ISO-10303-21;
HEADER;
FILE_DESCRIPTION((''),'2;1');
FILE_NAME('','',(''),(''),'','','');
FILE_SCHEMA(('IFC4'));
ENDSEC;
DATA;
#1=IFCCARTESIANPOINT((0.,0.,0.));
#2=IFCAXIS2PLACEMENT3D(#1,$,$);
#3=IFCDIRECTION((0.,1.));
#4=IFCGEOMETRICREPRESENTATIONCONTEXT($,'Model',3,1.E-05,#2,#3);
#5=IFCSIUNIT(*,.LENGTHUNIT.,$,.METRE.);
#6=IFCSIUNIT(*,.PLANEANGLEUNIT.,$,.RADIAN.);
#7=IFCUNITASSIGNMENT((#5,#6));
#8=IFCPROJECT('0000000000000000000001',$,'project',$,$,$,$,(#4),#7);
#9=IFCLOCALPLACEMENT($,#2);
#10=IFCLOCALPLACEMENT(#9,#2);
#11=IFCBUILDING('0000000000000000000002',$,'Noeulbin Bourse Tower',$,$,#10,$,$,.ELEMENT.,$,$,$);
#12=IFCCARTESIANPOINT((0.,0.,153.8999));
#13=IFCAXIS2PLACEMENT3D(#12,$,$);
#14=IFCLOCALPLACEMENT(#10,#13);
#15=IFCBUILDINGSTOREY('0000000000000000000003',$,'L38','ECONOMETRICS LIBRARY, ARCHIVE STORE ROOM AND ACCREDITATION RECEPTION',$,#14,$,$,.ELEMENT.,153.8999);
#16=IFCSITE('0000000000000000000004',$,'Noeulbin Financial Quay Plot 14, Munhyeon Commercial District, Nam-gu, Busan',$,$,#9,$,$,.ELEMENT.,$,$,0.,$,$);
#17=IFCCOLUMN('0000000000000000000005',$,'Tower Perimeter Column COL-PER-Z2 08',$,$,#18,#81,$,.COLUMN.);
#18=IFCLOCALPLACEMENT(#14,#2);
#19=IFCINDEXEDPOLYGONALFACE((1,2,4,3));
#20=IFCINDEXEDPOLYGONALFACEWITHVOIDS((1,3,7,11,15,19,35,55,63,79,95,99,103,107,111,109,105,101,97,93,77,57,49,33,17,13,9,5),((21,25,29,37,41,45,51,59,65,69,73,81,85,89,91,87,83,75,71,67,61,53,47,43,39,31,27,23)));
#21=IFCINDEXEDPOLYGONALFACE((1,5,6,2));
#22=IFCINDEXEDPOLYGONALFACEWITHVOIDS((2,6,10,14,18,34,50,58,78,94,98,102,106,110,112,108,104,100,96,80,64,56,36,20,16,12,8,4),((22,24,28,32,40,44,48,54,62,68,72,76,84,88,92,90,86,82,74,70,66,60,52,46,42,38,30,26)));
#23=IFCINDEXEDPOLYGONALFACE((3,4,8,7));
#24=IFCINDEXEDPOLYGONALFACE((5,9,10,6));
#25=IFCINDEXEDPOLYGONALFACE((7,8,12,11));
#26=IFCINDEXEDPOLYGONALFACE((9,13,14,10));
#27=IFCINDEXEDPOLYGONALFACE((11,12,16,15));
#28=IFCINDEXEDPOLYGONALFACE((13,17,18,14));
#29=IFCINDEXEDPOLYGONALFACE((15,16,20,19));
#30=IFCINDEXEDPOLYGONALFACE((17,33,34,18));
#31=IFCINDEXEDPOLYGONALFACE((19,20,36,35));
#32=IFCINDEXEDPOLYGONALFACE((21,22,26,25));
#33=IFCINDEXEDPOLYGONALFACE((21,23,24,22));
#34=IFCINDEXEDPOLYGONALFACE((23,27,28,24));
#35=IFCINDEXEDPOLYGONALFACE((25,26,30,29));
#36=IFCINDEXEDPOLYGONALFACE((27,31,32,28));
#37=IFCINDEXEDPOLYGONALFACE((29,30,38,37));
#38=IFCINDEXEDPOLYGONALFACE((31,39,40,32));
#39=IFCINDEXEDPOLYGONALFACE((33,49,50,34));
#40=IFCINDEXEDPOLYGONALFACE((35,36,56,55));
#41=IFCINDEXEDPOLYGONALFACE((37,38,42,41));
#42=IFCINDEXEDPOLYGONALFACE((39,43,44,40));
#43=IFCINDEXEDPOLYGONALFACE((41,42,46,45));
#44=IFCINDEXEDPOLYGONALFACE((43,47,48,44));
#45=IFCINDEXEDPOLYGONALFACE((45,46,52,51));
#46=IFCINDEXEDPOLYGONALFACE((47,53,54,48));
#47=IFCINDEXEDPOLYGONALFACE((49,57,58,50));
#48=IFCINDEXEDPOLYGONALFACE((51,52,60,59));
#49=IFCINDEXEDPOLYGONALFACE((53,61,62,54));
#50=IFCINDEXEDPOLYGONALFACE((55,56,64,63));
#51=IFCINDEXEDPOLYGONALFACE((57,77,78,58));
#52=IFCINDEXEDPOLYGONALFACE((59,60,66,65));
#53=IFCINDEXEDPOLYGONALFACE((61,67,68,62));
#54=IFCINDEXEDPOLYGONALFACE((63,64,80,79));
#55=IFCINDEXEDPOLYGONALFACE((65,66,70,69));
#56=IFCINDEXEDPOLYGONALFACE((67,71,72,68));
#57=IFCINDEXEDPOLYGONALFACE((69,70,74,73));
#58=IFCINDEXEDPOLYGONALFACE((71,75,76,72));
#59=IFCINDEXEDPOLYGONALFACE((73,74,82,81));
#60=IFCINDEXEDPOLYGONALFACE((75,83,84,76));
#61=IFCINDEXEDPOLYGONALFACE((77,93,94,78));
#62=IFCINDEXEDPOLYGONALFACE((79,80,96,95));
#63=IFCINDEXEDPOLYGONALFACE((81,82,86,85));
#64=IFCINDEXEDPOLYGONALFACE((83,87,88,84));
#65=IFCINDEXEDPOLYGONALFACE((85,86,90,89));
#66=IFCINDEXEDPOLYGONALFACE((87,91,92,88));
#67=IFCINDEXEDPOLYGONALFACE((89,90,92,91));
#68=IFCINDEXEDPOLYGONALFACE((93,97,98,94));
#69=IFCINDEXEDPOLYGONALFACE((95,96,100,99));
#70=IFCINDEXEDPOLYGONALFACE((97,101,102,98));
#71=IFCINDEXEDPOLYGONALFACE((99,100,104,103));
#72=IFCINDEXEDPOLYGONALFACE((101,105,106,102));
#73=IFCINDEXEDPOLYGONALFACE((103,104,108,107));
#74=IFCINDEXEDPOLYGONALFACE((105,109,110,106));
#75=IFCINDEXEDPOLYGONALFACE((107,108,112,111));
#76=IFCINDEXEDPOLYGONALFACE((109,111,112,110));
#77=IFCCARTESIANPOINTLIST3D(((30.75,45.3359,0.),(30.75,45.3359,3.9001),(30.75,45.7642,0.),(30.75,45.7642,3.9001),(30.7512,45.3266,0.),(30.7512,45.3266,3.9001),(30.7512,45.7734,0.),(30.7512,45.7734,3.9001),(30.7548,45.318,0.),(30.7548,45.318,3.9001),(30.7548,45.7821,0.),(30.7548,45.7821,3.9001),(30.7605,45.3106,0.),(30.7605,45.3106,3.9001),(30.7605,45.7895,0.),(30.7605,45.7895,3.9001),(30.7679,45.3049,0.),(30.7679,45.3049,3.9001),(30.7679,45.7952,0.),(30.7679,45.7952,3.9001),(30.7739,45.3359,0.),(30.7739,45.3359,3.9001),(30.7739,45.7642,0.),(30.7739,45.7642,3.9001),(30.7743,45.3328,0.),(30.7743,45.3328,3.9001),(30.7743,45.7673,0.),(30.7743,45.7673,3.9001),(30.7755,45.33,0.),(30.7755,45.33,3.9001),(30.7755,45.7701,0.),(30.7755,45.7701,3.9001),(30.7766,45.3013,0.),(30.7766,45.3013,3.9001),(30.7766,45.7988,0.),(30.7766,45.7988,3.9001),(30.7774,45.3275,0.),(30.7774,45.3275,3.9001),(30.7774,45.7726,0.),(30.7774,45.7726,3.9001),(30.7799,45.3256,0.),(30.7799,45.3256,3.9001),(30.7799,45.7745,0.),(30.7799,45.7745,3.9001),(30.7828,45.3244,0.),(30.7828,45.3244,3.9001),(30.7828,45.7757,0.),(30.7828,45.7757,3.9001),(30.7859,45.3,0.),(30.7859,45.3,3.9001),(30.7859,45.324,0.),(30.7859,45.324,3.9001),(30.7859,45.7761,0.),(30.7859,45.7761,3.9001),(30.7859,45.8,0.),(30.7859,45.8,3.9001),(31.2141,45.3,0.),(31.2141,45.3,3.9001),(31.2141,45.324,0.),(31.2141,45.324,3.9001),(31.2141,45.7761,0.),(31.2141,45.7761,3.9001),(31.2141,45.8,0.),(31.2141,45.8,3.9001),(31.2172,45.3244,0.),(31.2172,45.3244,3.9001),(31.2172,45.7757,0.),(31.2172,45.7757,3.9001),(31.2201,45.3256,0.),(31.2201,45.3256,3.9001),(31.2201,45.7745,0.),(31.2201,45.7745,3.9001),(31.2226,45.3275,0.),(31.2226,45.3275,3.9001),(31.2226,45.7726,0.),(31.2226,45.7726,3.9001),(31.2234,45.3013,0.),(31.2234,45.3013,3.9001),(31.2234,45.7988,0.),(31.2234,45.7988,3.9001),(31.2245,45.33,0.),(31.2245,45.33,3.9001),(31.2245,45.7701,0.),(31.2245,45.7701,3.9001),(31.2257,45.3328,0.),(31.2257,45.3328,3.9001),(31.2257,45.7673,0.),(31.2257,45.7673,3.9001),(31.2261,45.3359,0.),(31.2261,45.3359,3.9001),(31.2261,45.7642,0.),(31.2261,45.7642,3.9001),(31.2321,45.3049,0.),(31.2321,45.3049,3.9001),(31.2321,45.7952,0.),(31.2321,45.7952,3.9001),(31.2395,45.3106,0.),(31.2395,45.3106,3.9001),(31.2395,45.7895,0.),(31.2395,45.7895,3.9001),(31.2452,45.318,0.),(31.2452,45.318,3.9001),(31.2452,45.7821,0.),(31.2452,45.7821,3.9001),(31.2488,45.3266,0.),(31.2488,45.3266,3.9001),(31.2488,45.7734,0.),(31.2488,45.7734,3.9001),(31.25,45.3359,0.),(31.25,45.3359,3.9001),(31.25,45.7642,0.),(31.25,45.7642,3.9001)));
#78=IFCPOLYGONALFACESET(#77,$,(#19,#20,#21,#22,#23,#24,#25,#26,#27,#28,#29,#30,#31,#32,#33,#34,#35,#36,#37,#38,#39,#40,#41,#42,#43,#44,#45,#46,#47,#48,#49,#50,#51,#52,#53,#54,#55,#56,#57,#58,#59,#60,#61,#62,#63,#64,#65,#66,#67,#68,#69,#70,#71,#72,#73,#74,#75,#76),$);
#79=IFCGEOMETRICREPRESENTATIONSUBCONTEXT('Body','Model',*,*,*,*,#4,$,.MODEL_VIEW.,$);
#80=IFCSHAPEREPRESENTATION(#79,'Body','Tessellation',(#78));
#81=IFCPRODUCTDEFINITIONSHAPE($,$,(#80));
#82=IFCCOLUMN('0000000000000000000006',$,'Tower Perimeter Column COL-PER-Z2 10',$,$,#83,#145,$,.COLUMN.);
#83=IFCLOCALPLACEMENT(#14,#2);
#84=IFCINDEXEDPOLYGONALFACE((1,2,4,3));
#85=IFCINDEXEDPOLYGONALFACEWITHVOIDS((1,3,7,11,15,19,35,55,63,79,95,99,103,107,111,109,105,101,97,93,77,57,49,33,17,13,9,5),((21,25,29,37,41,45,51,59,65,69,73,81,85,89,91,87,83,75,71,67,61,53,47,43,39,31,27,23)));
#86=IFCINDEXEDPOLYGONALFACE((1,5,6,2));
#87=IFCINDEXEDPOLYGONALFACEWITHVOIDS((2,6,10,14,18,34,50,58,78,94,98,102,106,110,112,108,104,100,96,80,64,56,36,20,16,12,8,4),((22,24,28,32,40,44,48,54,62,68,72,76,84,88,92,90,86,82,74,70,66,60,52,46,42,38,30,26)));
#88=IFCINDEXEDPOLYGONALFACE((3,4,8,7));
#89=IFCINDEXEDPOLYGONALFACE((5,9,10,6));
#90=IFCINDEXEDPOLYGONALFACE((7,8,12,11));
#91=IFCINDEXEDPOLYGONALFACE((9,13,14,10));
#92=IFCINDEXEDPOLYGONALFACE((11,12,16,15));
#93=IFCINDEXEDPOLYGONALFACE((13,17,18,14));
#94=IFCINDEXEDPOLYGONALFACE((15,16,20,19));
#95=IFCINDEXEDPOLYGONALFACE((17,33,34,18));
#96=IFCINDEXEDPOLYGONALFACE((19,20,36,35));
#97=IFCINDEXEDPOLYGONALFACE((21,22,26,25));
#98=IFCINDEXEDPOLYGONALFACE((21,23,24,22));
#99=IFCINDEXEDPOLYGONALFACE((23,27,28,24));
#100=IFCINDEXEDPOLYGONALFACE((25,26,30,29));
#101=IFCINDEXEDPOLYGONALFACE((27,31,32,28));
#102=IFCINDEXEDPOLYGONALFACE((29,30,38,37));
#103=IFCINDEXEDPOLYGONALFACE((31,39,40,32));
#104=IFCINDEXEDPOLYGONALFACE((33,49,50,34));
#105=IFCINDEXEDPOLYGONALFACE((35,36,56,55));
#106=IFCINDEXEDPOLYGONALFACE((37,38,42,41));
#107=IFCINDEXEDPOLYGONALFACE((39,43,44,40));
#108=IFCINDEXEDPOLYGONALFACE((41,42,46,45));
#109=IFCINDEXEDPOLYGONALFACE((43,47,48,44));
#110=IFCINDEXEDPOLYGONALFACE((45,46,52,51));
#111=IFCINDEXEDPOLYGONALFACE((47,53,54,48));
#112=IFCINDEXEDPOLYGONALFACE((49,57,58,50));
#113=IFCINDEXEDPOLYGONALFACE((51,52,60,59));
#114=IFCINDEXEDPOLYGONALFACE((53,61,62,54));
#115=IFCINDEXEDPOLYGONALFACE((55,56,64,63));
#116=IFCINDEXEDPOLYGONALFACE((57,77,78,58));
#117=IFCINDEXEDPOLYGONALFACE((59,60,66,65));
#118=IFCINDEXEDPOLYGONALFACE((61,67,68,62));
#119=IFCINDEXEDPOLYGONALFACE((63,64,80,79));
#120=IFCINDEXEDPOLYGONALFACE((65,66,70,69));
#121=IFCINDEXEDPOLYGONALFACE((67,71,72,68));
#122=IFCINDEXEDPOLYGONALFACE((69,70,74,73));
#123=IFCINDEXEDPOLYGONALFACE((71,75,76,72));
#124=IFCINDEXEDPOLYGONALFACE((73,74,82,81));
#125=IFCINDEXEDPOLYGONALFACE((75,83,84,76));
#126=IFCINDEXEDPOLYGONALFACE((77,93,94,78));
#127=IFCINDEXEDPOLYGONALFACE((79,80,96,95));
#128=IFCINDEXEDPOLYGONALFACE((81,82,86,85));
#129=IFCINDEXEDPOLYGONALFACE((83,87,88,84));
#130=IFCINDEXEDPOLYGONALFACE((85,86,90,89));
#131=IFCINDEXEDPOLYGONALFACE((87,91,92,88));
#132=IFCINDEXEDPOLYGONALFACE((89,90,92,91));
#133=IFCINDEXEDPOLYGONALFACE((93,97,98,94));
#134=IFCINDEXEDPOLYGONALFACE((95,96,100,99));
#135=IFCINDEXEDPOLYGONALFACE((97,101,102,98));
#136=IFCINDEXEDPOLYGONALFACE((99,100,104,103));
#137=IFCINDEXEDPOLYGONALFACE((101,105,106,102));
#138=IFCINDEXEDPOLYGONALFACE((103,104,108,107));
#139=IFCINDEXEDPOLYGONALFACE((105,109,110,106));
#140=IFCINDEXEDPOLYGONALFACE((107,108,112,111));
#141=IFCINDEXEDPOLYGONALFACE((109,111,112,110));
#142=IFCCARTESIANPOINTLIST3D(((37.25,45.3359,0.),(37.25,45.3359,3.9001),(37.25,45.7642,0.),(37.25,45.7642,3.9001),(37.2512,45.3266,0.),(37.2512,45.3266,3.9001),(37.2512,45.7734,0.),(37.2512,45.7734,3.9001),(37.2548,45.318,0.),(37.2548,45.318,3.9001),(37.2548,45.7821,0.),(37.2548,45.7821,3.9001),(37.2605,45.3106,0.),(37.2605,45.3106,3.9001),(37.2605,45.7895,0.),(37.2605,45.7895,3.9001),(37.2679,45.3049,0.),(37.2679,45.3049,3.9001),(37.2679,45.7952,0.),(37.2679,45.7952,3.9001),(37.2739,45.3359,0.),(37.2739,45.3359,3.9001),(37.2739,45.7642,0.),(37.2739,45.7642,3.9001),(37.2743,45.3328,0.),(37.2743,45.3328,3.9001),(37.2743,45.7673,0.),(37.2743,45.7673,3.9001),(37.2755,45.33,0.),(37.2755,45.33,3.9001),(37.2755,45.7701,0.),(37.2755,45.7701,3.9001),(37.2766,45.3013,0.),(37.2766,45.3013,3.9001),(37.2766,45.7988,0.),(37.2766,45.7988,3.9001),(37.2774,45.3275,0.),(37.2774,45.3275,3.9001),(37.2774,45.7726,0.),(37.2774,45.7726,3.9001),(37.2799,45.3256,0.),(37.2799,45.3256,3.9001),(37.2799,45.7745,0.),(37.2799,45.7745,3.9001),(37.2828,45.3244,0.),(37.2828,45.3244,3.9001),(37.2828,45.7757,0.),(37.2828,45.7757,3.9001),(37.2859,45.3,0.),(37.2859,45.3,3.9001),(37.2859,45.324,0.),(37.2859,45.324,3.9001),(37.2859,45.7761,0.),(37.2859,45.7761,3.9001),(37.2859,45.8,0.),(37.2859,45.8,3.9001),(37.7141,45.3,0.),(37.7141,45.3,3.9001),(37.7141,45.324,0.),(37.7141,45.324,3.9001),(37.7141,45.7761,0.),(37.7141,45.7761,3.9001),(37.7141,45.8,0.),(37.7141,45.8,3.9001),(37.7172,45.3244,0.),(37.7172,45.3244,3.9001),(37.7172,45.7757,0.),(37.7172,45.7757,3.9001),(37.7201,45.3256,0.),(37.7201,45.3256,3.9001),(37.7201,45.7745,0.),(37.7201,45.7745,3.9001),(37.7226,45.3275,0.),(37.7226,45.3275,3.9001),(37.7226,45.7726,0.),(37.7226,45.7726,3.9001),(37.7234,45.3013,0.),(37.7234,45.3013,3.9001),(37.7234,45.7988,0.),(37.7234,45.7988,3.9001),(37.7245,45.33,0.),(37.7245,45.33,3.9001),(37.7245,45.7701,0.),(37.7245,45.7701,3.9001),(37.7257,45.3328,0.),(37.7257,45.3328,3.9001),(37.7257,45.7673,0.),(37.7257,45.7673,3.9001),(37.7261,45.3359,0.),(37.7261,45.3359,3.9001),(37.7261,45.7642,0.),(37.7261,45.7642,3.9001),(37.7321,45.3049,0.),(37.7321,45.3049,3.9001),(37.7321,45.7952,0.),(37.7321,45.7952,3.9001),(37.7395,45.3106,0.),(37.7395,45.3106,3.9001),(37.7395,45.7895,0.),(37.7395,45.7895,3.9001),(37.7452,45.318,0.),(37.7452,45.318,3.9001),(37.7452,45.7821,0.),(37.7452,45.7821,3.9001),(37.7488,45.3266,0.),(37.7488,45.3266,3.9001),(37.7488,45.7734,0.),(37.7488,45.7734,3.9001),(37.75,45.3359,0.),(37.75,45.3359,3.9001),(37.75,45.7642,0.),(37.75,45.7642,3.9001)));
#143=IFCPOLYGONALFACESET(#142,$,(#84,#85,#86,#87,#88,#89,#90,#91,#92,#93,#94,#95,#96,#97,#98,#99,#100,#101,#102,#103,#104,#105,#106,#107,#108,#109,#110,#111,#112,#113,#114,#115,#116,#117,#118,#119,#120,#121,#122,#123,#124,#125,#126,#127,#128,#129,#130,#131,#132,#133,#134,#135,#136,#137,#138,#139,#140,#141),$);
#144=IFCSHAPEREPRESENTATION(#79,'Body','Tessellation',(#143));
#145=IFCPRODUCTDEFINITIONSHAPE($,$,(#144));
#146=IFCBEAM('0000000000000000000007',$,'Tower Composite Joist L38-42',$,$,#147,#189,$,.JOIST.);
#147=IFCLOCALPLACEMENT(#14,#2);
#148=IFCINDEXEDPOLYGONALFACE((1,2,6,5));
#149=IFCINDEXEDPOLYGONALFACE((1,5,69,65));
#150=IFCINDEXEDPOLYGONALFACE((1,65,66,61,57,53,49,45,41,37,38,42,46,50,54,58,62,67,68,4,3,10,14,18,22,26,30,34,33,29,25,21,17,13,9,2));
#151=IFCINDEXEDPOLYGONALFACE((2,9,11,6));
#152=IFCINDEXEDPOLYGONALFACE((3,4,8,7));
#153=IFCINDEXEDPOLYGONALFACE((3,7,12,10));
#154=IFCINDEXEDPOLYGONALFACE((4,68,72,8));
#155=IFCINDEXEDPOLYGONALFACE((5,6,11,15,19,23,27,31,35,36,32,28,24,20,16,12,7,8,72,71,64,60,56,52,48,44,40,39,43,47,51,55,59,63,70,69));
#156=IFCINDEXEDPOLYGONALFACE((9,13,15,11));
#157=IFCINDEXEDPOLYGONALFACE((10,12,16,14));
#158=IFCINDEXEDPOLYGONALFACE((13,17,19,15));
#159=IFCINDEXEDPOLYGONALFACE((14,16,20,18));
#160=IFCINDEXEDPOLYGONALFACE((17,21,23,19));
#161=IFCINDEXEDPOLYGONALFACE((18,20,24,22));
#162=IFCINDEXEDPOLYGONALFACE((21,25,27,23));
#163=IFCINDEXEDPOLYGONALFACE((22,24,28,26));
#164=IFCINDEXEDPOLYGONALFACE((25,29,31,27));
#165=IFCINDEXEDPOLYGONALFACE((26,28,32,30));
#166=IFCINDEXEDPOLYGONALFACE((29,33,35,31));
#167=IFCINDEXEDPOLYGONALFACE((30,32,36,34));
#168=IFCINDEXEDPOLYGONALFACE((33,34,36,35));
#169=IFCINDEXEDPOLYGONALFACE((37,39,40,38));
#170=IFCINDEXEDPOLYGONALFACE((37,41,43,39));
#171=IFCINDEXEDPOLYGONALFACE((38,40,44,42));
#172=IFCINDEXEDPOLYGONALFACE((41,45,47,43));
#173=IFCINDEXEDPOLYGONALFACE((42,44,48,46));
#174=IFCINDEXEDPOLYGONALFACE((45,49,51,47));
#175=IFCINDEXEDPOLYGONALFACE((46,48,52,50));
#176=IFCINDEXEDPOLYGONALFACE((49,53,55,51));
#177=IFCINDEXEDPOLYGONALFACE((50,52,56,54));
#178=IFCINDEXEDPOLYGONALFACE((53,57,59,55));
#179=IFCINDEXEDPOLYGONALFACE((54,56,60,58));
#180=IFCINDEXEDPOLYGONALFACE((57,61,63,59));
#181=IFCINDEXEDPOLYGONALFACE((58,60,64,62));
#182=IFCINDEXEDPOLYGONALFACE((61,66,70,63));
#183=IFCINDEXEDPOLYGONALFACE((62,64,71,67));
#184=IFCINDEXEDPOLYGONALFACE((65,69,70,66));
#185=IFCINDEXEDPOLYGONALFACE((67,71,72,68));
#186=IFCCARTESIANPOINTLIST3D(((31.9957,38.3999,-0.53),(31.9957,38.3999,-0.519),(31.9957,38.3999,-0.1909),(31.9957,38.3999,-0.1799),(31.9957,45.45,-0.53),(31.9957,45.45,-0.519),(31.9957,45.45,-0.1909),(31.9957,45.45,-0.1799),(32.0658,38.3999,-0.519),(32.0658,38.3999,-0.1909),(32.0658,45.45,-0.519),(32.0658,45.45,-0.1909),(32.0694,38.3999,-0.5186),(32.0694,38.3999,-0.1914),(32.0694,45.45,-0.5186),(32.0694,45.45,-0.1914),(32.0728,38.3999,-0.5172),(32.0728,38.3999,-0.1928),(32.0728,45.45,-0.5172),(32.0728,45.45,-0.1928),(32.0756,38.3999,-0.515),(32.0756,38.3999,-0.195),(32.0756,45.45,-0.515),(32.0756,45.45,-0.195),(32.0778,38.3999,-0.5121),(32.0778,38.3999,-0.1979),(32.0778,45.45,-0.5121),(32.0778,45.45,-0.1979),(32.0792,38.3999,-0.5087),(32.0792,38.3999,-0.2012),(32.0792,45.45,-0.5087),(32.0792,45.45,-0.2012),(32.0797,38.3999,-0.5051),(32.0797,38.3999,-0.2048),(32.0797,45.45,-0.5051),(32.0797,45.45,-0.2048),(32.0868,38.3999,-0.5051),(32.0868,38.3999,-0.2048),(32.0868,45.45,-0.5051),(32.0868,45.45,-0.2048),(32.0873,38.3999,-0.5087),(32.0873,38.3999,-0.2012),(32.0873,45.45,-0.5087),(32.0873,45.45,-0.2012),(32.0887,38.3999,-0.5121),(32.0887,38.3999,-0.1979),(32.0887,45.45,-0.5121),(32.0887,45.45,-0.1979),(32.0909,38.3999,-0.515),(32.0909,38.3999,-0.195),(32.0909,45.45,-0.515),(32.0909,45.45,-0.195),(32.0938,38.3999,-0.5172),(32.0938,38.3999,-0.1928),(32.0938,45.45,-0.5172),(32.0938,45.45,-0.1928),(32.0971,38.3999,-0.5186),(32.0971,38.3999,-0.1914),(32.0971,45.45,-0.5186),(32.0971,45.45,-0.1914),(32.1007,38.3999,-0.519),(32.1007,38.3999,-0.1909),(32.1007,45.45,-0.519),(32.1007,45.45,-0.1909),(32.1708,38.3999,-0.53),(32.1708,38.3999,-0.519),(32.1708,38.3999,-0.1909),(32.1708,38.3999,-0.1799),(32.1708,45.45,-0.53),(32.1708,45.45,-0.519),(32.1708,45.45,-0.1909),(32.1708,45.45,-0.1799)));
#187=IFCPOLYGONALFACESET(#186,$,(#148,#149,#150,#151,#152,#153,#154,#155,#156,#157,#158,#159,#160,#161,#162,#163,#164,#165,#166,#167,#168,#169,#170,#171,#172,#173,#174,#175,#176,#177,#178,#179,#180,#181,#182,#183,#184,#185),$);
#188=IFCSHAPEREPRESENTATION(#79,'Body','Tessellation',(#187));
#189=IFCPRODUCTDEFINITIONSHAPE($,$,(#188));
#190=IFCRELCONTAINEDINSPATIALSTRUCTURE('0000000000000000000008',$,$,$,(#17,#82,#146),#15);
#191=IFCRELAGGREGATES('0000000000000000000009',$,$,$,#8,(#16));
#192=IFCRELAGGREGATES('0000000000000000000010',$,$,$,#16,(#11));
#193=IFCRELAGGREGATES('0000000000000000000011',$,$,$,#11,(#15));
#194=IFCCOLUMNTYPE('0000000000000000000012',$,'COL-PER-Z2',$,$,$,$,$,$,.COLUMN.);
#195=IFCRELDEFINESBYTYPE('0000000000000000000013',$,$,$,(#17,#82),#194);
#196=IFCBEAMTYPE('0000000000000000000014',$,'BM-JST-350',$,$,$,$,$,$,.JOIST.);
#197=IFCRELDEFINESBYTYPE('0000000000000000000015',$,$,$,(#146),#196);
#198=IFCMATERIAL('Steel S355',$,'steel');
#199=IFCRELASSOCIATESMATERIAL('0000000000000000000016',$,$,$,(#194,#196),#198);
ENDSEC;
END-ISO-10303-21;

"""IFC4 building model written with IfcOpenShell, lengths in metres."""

from ifc_helpers import new_model, si_unit, direction, frame, origin, origin_2d, place, context, subcontext, project, spatial, hollow_rectangle, i_section, extrude, material, material_profile, profile_set, type_object, element, save


model = new_model("IFC4")

# Units and contexts
model_context = context("Model", 3, precision=1e-05, world=origin(), true_north=direction((0.0, 1.0)))
body_context = subcontext(model_context, "Body", "Model", "MODEL_VIEW")
ifc_project = project(units=[si_unit("LENGTHUNIT", "METRE"), si_unit("PLANEANGLEUNIT", "RADIAN")], contexts=[model_context])

# Site, building, storey
site_placement = place(None, origin())
site = spatial("IfcSite", under=ifc_project, at=site_placement, Name="Noeulbin Financial Quay Plot 14, Munhyeon Commercial District, Nam-gu, Busan", CompositionType="ELEMENT", RefElevation=0.0)
building_placement = place(site_placement, origin())
building = spatial("IfcBuilding", under=site, at=building_placement, Name="Noeulbin Bourse Tower", CompositionType="ELEMENT")
storey_placement = place(building_placement, frame((0.0, 0.0, 153.8999)))
storey = spatial("IfcBuildingStorey", under=building, at=storey_placement, Name="L38", Description="ECONOMETRICS LIBRARY, ARCHIVE STORE ROOM AND ACCREDITATION RECEPTION", CompositionType="ELEMENT", Elevation=153.8999)

# Columns
ifc_material_1 = material(Name="Steel S355", Category="steel")
ifc_material_profile_1 = material_profile(ifc_material_1, hollow_rectangle(XDim=0.5, YDim=0.5, WallThickness=0.0239, InnerFilletRadius=0.012, OuterFilletRadius=0.0359, at=origin_2d()), Name="BOX-500x500x24", Category="LoadBearing")
ifc_profile_set_1 = profile_set([ifc_material_profile_1], Name="Steel S355")
column_type = type_object("IfcColumnType", Name="COL-PER-Z2", PredefinedType="COLUMN", material=ifc_profile_set_1)
for number, where, z_axis, x_axis, name in (
    (1, (31.0, 45.55, 0.0), (0.0, 0.0, 1.0), (1.0, 0.0, 0.0), "Tower Perimeter Column COL-PER-Z2 08"),
    (2, (37.5, 45.55, 0.0), (0.0, 0.0, 1.0), (1.0, 0.0, 0.0), "Tower Perimeter Column COL-PER-Z2 10"),
):
    element("IfcColumn", number, at=place(storey_placement, frame(where, z_axis=z_axis, x_axis=x_axis)), inside=storey, type_object=column_type, Name=name, PredefinedType="COLUMN", context=body_context, shape_type="SweptSolid", body=[
        extrude(hollow_rectangle(XDim=0.5, YDim=0.5, WallThickness=0.0239, InnerFilletRadius=0.012, OuterFilletRadius=0.0359, at=origin_2d()), origin(), (0.0, 0.0, 1.0), 3.9001),
    ])

# Beam
ifc_material_profile_2 = material_profile(ifc_material_1, i_section(OverallWidth=0.175, OverallDepth=0.3501, WebThickness=0.0071, FlangeThickness=0.011, FilletRadius=0.0139, at=origin_2d()), Name="H-350x175x7x11", Category="LoadBearing")
ifc_profile_set_2 = profile_set([ifc_material_profile_2], Name="Steel S355")
beam_type_1 = type_object("IfcBeamType", Name="BM-JST-350", PredefinedType="JOIST", material=ifc_profile_set_2)
for number, where, z_axis, x_axis, name in (
    (3, (32.0833, 38.3999, -0.355), (0.0, 1.0, 0.0), (-1.0, 0.0, 0.0), "Tower Composite Joist L38-42"),
):
    element("IfcBeam", number, at=place(storey_placement, frame(where, z_axis=z_axis, x_axis=x_axis)), inside=storey, type_object=beam_type_1, Name=name, PredefinedType="JOIST", context=body_context, shape_type="SweptSolid", body=[
        extrude(i_section(OverallWidth=0.175, OverallDepth=0.3501, WebThickness=0.0071, FlangeThickness=0.011, FilletRadius=0.0139, at=origin_2d()), origin(), (0.0, 0.0, 1.0), 7.05),
    ])

save(model, "model.ifc")
